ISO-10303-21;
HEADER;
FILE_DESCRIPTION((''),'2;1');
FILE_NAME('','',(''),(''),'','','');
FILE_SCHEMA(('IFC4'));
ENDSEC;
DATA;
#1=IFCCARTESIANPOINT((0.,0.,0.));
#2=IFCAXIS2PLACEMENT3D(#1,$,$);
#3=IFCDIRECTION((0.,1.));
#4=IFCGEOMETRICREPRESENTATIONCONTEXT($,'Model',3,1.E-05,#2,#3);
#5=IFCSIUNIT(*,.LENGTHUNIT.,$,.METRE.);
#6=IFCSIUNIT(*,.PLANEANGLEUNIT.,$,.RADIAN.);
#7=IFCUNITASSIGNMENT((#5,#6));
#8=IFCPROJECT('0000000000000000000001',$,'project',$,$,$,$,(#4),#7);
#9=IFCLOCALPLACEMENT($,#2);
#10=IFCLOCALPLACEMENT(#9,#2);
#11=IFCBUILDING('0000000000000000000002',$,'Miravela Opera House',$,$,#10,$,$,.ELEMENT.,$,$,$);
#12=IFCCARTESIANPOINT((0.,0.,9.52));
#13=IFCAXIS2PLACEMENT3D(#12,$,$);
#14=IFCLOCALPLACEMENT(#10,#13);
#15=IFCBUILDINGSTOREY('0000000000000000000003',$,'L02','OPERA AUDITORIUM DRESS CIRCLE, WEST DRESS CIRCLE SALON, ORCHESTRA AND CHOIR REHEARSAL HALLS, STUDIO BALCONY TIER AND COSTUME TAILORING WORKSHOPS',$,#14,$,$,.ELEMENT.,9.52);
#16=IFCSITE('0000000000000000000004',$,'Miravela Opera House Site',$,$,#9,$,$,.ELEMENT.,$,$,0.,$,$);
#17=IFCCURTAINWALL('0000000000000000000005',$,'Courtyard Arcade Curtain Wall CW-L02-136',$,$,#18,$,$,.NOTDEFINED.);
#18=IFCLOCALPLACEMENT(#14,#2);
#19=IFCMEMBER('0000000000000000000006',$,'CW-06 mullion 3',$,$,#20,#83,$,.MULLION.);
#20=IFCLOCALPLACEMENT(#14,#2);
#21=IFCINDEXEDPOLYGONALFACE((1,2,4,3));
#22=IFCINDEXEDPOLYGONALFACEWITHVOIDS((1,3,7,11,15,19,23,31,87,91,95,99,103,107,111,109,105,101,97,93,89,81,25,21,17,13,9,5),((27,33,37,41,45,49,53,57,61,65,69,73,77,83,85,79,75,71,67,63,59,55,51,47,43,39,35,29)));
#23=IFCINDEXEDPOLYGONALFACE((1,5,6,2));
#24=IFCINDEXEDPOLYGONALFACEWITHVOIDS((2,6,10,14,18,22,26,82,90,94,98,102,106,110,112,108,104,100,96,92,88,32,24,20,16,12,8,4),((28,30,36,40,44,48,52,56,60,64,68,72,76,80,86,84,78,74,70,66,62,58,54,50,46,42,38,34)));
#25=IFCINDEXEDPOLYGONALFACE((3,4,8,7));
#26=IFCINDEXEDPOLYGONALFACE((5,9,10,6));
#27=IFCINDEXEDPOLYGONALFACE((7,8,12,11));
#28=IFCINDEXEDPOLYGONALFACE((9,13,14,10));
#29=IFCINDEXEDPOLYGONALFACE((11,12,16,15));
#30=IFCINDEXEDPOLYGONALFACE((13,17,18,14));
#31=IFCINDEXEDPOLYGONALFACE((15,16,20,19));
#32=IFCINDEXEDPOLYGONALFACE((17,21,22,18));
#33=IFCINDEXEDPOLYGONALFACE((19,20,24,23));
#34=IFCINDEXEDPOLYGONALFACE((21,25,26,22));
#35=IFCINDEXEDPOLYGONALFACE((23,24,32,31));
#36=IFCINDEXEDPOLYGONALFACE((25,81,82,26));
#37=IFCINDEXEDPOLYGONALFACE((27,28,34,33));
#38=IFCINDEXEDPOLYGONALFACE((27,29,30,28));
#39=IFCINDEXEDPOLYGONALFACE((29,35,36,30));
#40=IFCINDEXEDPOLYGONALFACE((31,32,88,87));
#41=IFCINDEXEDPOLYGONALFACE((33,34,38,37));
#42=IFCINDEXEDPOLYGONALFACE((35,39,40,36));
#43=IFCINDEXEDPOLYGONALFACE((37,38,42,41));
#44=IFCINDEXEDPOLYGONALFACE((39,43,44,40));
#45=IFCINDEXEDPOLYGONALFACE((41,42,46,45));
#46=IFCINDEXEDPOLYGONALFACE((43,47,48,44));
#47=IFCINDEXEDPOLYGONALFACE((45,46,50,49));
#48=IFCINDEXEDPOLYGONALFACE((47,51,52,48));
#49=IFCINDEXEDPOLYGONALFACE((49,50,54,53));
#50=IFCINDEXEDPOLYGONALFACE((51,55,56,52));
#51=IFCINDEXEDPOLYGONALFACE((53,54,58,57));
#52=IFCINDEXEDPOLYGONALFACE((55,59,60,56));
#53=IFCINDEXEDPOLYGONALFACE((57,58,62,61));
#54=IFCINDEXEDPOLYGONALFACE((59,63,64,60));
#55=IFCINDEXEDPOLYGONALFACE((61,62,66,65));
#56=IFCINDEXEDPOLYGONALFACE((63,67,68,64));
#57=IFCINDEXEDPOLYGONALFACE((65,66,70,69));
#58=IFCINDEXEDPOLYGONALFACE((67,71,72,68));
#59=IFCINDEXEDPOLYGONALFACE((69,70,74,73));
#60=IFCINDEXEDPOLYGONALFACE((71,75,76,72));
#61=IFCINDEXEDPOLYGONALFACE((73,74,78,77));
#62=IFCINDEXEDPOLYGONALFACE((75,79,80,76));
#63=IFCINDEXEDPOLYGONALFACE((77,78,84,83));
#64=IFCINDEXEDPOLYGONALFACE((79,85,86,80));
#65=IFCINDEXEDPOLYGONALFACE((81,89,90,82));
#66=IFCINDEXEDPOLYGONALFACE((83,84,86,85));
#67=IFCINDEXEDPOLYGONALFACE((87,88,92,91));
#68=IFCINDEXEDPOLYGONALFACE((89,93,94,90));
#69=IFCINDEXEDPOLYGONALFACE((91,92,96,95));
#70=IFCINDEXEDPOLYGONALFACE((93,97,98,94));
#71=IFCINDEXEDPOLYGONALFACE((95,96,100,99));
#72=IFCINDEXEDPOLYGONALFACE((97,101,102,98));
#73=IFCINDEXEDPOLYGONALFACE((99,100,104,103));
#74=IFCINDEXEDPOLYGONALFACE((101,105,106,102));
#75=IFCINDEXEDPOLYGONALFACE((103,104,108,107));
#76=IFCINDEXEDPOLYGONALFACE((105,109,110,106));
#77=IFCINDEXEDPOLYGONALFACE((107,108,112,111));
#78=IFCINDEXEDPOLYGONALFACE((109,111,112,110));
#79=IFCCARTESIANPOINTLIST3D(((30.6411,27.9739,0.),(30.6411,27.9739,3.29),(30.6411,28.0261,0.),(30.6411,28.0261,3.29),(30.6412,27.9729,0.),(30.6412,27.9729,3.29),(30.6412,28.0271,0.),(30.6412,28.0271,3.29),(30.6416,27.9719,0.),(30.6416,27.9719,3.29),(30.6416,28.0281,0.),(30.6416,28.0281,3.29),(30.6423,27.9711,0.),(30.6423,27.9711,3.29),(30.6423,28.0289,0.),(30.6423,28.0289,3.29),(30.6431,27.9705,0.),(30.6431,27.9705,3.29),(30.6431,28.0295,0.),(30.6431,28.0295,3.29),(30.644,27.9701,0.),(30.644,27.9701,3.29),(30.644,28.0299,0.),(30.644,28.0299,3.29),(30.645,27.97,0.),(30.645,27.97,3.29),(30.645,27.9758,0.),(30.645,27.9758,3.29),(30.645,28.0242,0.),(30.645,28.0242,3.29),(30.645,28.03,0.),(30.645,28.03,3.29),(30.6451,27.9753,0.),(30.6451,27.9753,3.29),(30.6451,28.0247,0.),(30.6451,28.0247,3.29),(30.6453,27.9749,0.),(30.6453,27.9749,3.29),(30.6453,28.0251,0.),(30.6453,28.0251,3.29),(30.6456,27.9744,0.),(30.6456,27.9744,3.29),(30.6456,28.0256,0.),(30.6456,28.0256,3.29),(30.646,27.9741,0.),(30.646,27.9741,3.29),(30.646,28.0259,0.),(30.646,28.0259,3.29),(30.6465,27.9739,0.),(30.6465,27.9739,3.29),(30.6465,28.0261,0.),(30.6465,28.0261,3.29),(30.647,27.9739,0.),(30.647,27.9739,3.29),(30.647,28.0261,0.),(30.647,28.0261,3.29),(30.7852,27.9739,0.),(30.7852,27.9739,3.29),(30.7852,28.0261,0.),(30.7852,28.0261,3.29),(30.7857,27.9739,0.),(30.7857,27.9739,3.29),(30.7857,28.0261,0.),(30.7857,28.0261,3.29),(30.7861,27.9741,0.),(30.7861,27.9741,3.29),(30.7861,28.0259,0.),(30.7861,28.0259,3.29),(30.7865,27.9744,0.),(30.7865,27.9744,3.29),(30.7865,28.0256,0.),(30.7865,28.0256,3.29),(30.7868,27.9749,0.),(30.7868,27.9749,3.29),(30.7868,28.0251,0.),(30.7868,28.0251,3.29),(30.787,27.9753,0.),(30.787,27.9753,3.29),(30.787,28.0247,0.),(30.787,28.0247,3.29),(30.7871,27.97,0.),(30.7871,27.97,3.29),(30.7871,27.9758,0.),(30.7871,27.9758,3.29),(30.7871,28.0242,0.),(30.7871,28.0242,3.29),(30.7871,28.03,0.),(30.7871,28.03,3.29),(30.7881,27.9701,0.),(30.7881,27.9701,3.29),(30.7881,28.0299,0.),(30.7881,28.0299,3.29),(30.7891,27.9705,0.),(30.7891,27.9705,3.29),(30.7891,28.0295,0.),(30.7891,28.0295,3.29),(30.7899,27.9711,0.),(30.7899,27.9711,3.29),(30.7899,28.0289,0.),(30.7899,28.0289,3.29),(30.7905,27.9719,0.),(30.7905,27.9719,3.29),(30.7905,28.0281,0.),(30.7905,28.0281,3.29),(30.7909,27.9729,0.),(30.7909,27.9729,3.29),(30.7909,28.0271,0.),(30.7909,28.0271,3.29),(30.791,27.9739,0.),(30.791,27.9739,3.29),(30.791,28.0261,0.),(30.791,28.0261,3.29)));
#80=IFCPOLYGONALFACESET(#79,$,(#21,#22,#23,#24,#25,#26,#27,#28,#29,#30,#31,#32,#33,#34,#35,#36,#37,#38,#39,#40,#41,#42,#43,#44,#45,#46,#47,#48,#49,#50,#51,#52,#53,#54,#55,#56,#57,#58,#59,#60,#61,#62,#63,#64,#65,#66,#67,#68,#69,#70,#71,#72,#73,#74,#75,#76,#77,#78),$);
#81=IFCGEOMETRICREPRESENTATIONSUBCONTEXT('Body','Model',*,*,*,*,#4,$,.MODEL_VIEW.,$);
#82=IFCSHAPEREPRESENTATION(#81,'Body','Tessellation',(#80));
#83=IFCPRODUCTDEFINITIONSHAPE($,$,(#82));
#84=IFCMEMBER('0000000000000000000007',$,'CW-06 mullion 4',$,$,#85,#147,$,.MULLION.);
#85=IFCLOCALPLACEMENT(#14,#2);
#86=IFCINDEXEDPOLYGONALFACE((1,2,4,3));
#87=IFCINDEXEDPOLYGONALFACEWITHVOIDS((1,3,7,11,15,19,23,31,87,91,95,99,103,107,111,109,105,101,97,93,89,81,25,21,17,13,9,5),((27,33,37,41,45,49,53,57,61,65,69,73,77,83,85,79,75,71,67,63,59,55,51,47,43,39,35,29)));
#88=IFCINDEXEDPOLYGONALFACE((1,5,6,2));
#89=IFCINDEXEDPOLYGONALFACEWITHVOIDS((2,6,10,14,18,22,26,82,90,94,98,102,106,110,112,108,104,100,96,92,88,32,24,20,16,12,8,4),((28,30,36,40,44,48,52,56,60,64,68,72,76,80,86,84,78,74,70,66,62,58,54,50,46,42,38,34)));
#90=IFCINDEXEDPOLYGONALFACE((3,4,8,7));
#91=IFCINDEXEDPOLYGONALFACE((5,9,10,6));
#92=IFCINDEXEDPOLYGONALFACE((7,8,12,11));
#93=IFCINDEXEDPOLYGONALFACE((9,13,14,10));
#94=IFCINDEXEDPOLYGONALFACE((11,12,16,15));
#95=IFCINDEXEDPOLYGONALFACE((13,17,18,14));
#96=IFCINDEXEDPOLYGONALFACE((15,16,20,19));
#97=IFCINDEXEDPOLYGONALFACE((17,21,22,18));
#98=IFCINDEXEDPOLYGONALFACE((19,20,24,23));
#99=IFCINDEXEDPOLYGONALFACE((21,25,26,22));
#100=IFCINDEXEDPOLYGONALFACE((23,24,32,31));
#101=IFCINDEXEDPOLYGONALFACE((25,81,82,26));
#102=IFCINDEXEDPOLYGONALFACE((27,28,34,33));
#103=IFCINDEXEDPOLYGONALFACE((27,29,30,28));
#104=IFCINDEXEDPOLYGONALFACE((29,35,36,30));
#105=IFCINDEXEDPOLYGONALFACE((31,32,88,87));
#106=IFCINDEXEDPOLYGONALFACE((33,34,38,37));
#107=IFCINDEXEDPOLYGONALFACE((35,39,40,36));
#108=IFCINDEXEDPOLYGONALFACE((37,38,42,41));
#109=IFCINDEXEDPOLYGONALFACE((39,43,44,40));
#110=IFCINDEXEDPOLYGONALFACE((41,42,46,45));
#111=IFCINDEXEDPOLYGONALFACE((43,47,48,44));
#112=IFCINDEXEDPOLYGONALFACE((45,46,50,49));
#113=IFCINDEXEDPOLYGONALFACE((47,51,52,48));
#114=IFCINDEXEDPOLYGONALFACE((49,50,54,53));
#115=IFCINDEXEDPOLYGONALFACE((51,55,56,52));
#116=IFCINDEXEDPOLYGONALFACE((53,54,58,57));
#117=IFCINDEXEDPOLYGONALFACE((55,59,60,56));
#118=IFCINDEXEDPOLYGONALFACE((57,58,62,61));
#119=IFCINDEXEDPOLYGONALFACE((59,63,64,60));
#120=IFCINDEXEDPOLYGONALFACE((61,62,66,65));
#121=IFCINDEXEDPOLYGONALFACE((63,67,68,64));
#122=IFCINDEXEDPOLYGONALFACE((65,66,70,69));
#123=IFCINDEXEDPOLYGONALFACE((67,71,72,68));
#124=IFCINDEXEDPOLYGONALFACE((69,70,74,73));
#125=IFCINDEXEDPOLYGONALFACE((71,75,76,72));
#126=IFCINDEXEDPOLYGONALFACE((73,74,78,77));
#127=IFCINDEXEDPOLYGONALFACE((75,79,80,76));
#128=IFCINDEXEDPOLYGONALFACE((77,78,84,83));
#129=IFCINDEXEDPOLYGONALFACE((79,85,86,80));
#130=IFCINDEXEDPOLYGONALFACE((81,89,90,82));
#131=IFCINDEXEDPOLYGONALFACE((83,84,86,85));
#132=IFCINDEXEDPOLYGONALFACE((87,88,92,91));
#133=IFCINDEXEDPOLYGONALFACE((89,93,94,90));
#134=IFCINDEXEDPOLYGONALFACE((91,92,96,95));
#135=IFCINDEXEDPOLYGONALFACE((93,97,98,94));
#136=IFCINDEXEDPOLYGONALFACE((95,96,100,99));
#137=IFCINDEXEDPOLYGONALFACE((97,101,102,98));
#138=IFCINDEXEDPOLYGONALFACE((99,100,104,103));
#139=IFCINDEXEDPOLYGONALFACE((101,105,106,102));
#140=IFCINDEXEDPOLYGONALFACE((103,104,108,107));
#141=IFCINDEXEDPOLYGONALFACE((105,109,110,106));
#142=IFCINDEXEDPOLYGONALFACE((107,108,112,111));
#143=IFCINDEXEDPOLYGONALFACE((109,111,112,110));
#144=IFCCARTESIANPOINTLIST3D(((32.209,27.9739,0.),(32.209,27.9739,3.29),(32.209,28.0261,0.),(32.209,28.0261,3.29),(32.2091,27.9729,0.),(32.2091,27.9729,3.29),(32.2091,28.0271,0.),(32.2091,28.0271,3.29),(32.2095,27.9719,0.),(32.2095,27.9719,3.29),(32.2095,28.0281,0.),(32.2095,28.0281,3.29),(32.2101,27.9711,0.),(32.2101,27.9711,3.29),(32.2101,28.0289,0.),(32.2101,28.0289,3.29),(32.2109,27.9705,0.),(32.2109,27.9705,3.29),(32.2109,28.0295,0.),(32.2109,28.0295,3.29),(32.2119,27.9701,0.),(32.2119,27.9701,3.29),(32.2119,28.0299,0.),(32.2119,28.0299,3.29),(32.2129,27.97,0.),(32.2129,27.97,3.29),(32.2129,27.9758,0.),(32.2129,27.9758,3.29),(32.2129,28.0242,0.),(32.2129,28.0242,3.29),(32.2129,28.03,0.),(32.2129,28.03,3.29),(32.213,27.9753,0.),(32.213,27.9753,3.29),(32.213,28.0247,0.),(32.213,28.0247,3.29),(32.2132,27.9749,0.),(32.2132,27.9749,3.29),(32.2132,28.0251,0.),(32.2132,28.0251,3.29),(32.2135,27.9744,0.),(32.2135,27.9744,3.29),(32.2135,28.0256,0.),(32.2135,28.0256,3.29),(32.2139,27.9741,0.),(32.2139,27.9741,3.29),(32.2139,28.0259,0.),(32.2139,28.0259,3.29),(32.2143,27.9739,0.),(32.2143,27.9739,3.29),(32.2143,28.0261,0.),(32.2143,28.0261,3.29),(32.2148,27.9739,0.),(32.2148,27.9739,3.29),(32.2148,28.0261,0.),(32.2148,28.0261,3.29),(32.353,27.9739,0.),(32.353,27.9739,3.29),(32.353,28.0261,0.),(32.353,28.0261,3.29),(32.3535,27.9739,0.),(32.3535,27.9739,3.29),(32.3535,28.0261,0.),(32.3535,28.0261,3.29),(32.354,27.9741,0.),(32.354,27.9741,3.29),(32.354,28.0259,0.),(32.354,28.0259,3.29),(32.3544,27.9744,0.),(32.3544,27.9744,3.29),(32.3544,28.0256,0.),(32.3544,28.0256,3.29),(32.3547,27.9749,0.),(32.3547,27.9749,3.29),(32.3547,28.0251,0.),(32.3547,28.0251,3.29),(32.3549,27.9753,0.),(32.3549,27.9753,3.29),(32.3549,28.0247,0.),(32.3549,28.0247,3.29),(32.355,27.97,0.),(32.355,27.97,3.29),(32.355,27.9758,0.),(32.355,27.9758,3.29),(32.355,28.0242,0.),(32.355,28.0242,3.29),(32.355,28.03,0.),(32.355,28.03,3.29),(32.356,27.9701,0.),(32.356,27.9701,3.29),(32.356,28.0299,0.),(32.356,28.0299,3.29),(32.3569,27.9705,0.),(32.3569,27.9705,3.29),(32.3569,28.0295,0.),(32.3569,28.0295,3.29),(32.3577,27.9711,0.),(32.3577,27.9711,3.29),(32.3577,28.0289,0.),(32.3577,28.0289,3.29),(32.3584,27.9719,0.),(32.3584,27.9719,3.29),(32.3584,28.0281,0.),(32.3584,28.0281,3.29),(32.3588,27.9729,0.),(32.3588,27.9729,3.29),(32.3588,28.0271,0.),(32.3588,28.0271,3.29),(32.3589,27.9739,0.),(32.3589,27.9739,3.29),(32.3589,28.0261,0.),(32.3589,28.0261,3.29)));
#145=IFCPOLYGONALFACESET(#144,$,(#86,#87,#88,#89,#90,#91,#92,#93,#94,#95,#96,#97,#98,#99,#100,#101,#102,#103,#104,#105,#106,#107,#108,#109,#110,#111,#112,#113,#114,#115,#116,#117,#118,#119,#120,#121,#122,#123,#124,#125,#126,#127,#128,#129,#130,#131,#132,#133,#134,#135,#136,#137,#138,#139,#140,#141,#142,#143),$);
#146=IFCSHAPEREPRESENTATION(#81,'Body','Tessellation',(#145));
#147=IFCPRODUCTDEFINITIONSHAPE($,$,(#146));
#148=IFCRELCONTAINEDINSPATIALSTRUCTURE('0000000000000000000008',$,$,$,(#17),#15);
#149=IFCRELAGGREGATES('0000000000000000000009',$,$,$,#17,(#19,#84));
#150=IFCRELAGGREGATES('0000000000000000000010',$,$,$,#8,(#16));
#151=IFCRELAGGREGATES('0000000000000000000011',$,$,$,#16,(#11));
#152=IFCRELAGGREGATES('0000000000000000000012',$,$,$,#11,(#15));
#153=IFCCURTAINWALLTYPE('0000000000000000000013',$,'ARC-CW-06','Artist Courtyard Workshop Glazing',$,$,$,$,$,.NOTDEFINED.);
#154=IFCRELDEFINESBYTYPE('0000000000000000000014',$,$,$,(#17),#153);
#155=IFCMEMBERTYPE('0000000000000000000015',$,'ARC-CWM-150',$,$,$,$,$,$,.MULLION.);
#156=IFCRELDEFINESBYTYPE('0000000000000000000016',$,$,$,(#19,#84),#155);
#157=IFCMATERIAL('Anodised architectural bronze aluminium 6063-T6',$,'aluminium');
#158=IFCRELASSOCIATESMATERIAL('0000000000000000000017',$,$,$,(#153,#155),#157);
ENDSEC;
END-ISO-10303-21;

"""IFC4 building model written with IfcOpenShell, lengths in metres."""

from ifc_helpers import new_model, si_unit, direction, frame, origin, origin_2d, place, context, subcontext, project, spatial, hollow_rectangle, extrude, material, material_profile, profile_set, type_object, element, aggregate, save


model = new_model("IFC4")

# Units and contexts
model_context = context("Model", 3, precision=1e-05, world=origin(), true_north=direction((0.0, 1.0)))
body_context = subcontext(model_context, "Body", "Model", "MODEL_VIEW")
ifc_project = project(units=[si_unit("LENGTHUNIT", "METRE"), si_unit("PLANEANGLEUNIT", "RADIAN")], contexts=[model_context])

# Site, building, storey
site_placement = place(None, origin())
site = spatial("IfcSite", under=ifc_project, at=site_placement, Name="Miravela Opera House Site", CompositionType="ELEMENT", RefElevation=0.0)
building_placement = place(site_placement, origin())
building = spatial("IfcBuilding", under=site, at=building_placement, Name="Miravela Opera House", CompositionType="ELEMENT")
storey_placement = place(building_placement, frame((0.0, 0.0, 9.52)))
storey = spatial("IfcBuildingStorey", under=building, at=storey_placement, Name="L02", Description="OPERA AUDITORIUM DRESS CIRCLE, WEST DRESS CIRCLE SALON, ORCHESTRA AND CHOIR REHEARSAL HALLS, STUDIO BALCONY TIER AND COSTUME TAILORING WORKSHOPS", CompositionType="ELEMENT", Elevation=9.52)

# Curtain wall, members
ifc_material_1 = material(Name="Anodised architectural bronze aluminium 6063-T6", Category="aluminium")
curtain_wall_type = type_object("IfcCurtainWallType", Name="ARC-CW-06", Description="Artist Courtyard Workshop Glazing", PredefinedType="NOTDEFINED", material=ifc_material_1)
curtain_wall_placement = place(storey_placement, origin())
curtain_wall = element("IfcCurtainWall", 1, at=curtain_wall_placement, inside=storey, type_object=curtain_wall_type, Name="Courtyard Arcade Curtain Wall CW-L02-136", PredefinedType="NOTDEFINED")
ifc_material_profile_1 = material_profile(ifc_material_1, hollow_rectangle(XDim=0.0601, YDim=0.1499, WallThickness=0.0039, InnerFilletRadius=0.002, OuterFilletRadius=0.0039, at=origin_2d()), Name="CWM-60X150")
ifc_profile_set_1 = profile_set([ifc_material_profile_1])
member_type_1 = type_object("IfcMemberType", Name="ARC-CWM-150", PredefinedType="MULLION", material=ifc_profile_set_1)
member_1_placement = place(storey_placement, frame((30.7161, 28.0, 0.0), z_axis=(0.0, 0.0, 1.0), x_axis=(0.0, 1.0, 0.0)))
member_1 = element("IfcMember", 2, at=member_1_placement, type_object=member_type_1, Name="CW-06 mullion 3", PredefinedType="MULLION", context=body_context, shape_type="SweptSolid", body=[
    extrude(hollow_rectangle(XDim=0.0601, YDim=0.1499, WallThickness=0.0039, InnerFilletRadius=0.002, OuterFilletRadius=0.0039, at=origin_2d()), origin(), (0.0, 0.0, 1.0), 3.29),
])
member_2_placement = place(storey_placement, frame((32.2839, 28.0, 0.0), z_axis=(0.0, 0.0, 1.0), x_axis=(0.0, 1.0, 0.0)))
member_2 = element("IfcMember", 3, at=member_2_placement, type_object=member_type_1, Name="CW-06 mullion 4", PredefinedType="MULLION", context=body_context, shape_type="SweptSolid", body=[
    extrude(hollow_rectangle(XDim=0.0601, YDim=0.1499, WallThickness=0.0039, InnerFilletRadius=0.002, OuterFilletRadius=0.0039, at=origin_2d()), origin(), (0.0, 0.0, 1.0), 3.29),
])
aggregate(curtain_wall, [member_1, member_2])

save(model, "model.ifc")
